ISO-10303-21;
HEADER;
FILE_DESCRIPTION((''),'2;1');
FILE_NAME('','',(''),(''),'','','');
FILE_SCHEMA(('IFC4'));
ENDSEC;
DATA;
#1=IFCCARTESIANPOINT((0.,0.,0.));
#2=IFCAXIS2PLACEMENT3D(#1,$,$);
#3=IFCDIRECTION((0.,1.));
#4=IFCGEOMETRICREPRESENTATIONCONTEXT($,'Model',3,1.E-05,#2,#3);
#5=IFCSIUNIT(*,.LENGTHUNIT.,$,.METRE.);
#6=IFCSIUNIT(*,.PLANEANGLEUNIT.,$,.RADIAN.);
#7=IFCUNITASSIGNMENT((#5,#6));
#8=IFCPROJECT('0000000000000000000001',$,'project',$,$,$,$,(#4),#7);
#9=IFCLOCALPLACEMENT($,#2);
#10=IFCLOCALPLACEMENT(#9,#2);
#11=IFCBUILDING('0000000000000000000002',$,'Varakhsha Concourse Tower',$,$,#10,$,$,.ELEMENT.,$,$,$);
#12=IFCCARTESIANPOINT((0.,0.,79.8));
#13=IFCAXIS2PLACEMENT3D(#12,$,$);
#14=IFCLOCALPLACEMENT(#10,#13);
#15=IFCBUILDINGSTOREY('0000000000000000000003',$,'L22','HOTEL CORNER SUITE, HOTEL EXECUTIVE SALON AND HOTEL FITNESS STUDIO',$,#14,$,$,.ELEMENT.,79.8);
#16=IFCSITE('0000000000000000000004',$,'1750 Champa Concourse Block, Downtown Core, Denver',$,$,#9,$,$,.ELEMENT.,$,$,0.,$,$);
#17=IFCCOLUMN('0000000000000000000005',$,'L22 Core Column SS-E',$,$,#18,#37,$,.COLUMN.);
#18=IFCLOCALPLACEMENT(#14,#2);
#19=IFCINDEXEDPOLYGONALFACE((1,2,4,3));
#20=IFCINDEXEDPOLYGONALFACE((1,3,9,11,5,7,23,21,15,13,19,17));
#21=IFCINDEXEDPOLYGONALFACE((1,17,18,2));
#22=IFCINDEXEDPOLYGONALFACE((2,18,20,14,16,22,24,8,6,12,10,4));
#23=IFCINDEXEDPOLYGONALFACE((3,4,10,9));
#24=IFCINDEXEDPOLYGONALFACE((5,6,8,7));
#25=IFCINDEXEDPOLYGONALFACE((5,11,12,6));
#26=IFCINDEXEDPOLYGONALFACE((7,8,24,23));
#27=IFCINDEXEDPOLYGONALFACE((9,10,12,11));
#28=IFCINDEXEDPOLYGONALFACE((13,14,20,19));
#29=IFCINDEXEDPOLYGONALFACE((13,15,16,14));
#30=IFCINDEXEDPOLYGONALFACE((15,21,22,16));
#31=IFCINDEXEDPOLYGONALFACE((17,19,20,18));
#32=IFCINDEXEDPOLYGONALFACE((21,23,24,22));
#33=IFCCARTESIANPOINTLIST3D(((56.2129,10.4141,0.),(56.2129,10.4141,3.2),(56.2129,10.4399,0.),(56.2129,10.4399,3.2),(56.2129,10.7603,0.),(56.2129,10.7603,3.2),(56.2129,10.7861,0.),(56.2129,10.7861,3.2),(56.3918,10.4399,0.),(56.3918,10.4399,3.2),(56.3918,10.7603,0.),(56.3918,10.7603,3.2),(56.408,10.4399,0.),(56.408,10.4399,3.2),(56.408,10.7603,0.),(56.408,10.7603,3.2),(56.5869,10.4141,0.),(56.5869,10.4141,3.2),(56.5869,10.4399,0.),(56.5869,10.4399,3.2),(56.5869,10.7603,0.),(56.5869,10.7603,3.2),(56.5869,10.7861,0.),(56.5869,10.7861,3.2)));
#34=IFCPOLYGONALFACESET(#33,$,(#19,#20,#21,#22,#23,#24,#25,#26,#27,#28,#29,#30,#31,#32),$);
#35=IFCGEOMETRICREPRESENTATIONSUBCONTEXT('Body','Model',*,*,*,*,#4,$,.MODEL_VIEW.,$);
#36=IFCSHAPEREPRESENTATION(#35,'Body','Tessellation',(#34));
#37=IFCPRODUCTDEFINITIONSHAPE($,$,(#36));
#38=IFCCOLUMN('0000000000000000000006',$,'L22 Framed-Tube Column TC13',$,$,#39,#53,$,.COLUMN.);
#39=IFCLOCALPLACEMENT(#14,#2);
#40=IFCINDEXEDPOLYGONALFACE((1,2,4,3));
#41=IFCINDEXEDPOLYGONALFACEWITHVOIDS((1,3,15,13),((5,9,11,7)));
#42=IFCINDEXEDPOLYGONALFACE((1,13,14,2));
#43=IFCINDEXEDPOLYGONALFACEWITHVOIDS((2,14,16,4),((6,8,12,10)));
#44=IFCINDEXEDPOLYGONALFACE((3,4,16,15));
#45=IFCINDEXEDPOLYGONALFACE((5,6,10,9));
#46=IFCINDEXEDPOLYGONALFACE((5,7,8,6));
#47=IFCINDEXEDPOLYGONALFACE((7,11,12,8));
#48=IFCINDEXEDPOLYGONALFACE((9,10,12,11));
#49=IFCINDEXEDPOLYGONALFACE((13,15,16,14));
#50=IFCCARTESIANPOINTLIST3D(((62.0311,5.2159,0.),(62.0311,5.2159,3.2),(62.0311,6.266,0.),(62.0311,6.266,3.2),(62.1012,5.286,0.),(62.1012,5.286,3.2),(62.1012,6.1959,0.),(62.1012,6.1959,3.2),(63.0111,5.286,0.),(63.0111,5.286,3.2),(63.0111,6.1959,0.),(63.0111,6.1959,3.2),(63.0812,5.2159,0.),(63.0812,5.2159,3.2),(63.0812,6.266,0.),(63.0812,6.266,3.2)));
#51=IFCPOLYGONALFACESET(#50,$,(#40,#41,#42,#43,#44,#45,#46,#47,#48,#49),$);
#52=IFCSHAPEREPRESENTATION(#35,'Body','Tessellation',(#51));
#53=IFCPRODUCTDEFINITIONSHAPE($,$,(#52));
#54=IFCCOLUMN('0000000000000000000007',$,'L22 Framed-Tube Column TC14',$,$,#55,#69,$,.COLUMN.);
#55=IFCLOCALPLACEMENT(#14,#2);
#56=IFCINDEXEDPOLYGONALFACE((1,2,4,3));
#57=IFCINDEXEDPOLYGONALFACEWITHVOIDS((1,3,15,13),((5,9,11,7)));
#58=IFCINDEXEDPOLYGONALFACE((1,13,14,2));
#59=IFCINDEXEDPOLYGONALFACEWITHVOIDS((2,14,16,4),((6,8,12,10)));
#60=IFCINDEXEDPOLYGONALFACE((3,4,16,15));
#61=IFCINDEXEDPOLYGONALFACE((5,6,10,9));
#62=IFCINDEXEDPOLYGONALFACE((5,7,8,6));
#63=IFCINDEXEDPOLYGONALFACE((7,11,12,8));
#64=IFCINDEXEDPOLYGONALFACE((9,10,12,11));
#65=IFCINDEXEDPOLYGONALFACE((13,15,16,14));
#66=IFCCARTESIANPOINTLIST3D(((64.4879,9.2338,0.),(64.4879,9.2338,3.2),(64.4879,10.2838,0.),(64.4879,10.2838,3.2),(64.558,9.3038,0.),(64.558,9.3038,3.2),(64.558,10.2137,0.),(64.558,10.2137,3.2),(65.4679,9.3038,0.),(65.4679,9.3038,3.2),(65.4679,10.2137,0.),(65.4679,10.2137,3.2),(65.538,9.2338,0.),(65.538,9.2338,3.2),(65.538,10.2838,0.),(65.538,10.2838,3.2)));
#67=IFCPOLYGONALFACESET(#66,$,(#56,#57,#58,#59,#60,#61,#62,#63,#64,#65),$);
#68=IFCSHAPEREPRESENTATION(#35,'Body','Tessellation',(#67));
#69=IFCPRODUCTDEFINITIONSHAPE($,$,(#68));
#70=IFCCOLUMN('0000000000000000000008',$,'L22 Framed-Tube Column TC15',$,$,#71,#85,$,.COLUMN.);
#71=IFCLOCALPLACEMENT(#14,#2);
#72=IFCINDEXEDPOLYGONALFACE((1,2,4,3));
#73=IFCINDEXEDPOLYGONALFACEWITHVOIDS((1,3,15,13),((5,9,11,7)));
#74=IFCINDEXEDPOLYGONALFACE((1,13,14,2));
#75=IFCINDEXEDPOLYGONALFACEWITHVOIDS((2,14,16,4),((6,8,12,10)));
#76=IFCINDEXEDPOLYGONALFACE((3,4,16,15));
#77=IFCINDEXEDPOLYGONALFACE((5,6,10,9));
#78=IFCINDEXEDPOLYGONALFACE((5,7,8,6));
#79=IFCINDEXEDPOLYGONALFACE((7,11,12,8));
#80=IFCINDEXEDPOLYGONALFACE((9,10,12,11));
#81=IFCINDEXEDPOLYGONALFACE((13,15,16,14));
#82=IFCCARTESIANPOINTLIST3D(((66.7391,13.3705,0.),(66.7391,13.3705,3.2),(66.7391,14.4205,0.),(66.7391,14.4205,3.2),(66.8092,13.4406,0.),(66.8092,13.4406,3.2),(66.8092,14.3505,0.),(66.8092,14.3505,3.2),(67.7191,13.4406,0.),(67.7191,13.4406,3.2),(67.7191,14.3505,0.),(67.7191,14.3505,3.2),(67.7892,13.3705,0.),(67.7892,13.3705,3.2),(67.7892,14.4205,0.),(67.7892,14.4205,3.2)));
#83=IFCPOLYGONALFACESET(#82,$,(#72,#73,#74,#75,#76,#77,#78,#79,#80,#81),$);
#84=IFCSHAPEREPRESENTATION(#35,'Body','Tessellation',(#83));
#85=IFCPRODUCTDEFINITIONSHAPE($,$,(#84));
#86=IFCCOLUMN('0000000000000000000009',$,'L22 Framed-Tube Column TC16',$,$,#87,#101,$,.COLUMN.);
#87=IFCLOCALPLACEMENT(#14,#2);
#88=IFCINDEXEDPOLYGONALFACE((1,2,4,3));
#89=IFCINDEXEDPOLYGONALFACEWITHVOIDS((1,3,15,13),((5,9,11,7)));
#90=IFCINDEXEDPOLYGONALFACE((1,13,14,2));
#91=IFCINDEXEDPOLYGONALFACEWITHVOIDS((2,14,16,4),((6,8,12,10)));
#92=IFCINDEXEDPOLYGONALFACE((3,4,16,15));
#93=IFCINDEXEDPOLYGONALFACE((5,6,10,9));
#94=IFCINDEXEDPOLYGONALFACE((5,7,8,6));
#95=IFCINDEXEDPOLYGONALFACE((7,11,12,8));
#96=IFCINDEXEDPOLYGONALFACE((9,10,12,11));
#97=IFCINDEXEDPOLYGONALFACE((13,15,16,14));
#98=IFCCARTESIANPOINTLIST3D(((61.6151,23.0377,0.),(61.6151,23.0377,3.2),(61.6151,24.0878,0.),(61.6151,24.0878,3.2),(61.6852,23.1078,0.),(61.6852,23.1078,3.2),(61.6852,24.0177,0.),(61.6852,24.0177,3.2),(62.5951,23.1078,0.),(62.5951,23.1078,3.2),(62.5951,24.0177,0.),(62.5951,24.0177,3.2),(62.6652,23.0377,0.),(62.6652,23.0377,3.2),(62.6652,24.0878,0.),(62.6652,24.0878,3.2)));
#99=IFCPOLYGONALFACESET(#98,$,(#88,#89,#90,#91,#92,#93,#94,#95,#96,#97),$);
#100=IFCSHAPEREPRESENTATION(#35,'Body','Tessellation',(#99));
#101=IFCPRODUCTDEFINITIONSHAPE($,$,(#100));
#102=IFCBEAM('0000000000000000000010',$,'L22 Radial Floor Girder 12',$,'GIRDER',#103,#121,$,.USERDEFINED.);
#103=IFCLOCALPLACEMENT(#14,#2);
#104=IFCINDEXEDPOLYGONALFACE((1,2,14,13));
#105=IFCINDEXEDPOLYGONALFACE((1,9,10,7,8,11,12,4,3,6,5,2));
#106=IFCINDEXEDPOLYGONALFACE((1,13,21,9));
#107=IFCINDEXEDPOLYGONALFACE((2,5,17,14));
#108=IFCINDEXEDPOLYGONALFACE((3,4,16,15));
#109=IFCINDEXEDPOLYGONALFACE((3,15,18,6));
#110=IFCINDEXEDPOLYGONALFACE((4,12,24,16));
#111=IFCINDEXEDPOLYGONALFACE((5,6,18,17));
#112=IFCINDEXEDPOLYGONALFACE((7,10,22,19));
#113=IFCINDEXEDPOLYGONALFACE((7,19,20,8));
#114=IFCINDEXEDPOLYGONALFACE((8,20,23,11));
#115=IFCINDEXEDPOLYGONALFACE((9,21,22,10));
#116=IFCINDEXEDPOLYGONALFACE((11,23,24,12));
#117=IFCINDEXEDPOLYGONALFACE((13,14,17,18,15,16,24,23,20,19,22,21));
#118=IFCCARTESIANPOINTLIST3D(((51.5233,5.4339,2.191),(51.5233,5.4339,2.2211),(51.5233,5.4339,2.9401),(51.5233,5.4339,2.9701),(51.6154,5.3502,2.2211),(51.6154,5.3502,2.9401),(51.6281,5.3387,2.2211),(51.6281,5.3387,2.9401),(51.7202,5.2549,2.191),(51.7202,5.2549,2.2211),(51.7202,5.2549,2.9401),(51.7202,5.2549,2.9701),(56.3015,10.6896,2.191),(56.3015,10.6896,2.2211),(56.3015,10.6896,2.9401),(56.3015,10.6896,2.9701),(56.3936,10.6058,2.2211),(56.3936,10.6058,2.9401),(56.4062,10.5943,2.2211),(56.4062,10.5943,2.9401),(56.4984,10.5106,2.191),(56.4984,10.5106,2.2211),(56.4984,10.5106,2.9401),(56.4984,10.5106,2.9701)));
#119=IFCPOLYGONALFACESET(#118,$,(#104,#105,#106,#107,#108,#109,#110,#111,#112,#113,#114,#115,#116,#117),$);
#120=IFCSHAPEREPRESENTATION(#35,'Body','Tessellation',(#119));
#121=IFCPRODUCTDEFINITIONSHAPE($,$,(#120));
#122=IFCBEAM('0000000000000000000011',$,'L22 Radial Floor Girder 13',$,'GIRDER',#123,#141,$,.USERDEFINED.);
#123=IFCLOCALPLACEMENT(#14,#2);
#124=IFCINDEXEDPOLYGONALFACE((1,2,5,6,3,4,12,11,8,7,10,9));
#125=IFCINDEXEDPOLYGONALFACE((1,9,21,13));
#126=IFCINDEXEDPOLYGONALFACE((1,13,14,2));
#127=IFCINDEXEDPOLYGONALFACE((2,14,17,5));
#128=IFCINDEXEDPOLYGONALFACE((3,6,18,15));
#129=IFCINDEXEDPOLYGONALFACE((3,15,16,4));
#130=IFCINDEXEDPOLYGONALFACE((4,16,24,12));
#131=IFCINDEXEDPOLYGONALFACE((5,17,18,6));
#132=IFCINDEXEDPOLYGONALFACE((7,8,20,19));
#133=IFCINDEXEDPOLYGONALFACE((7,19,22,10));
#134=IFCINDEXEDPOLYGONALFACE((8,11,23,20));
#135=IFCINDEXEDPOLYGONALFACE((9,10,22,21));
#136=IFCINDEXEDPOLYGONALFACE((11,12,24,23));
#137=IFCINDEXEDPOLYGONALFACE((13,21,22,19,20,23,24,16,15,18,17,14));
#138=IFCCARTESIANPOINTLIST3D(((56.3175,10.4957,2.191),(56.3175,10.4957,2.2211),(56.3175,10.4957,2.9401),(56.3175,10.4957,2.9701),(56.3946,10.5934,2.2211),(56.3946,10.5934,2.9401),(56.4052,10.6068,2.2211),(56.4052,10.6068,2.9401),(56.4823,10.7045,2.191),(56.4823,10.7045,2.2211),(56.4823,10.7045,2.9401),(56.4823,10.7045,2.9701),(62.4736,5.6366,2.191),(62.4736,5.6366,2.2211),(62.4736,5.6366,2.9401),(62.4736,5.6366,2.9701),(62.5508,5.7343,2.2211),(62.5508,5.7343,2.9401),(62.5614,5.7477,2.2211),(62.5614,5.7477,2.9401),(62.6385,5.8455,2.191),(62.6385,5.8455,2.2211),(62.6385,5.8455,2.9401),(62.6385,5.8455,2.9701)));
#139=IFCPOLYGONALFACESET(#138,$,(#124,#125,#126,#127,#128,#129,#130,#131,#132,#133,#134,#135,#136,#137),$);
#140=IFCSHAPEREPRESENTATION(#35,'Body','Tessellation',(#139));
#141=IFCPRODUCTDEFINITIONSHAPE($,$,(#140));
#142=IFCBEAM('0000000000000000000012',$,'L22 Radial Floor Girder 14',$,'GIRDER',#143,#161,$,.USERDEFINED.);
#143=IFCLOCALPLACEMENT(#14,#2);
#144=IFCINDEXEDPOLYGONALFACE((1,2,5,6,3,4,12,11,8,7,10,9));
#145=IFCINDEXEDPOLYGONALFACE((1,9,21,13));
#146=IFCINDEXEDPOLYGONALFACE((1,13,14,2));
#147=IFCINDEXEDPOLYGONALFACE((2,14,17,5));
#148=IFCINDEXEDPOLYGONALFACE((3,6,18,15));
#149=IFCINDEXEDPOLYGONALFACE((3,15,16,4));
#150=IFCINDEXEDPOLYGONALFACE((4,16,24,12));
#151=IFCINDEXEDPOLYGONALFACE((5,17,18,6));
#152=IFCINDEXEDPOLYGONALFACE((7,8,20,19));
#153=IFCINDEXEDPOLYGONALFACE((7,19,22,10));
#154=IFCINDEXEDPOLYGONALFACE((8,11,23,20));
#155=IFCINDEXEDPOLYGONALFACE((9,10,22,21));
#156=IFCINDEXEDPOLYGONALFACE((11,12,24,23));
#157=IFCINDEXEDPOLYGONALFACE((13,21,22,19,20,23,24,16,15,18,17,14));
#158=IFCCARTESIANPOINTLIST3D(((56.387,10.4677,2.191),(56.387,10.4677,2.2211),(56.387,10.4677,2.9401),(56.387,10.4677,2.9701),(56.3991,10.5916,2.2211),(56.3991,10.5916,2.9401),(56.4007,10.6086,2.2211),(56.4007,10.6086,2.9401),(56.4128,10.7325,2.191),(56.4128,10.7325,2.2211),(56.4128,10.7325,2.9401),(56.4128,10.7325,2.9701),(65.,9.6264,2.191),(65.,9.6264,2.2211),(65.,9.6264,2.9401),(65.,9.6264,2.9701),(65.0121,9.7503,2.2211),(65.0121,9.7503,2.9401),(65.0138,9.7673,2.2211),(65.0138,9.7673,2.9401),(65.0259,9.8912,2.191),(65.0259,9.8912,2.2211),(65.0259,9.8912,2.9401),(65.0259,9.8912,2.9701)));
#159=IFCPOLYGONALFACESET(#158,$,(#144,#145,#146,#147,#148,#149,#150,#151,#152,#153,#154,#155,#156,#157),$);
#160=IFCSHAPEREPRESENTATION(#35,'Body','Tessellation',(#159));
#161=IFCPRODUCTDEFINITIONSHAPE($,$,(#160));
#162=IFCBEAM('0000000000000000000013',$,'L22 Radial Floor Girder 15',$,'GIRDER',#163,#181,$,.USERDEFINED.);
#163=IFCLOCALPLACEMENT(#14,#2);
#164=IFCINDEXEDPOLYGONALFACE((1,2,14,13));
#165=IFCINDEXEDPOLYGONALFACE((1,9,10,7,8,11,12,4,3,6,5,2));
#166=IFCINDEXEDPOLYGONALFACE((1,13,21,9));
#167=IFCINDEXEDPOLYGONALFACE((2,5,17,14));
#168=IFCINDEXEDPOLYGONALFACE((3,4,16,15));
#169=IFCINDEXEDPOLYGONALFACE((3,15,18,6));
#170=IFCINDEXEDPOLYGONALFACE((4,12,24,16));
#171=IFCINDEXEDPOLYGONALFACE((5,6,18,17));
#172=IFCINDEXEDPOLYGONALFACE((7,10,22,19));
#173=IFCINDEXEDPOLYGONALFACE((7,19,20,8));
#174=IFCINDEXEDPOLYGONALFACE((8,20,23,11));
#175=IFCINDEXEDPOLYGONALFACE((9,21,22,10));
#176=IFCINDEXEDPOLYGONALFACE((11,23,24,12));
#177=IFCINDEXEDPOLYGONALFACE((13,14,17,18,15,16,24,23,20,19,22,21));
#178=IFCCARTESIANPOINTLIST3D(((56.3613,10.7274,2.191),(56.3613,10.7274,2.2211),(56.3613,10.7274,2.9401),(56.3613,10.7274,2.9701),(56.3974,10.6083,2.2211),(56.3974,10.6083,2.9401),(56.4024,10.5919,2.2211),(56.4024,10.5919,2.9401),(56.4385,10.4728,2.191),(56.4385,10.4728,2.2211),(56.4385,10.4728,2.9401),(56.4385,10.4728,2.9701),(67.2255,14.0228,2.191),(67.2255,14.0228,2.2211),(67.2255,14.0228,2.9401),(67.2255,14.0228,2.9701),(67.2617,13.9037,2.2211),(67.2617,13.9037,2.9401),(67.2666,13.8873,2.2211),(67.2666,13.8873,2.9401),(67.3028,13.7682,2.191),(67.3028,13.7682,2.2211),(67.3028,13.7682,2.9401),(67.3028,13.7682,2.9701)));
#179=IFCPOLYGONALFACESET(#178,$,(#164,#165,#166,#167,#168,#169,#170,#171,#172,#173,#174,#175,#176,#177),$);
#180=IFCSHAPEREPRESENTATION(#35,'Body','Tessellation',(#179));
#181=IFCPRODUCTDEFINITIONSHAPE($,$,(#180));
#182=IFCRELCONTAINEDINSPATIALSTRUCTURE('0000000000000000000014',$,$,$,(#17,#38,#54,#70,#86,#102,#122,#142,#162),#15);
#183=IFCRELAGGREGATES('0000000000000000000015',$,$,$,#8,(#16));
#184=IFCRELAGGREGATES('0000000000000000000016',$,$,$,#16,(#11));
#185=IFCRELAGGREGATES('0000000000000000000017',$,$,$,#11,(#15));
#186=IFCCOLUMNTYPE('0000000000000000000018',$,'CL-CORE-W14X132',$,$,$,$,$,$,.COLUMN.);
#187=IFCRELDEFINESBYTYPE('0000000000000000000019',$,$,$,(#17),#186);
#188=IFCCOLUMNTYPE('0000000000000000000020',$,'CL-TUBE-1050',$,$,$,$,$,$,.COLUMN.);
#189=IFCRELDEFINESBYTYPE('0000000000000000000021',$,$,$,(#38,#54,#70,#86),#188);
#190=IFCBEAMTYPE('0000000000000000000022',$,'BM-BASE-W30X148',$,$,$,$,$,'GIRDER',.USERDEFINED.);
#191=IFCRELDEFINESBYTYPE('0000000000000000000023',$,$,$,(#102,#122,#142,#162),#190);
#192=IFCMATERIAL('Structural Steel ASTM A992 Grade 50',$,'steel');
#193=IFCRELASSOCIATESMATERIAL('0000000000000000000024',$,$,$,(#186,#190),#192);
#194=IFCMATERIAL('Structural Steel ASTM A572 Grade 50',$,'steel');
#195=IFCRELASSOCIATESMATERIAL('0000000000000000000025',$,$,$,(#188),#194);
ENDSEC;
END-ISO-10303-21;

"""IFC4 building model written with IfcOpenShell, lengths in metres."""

from ifc_helpers import new_model, si_unit, direction, frame, origin, origin_2d, place, context, subcontext, project, spatial, hollow_rectangle, i_section, extrude, material, material_profile, profile_set, type_object, element, save


model = new_model("IFC4")

# Units and contexts
model_context = context("Model", 3, precision=1e-05, world=origin(), true_north=direction((0.0, 1.0)))
body_context = subcontext(model_context, "Body", "Model", "MODEL_VIEW")
ifc_project = project(units=[si_unit("LENGTHUNIT", "METRE"), si_unit("PLANEANGLEUNIT", "RADIAN")], contexts=[model_context])

# Site, building, storey
site_placement = place(None, origin())
site = spatial("IfcSite", under=ifc_project, at=site_placement, Name="1750 Champa Concourse Block, Downtown Core, Denver", CompositionType="ELEMENT", RefElevation=0.0)
building_placement = place(site_placement, origin())
building = spatial("IfcBuilding", under=site, at=building_placement, Name="Varakhsha Concourse Tower", CompositionType="ELEMENT")
storey_placement = place(building_placement, frame((0.0, 0.0, 79.8)))
storey = spatial("IfcBuildingStorey", under=building, at=storey_placement, Name="L22", Description="HOTEL CORNER SUITE, HOTEL EXECUTIVE SALON AND HOTEL FITNESS STUDIO", CompositionType="ELEMENT", Elevation=79.8)

# Columns
ifc_material_1 = material(Name="Structural Steel ASTM A992 Grade 50", Category="steel")
ifc_material_profile_1 = material_profile(ifc_material_1, i_section(OverallWidth=0.374, OverallDepth=0.3721, WebThickness=0.0161, FlangeThickness=0.0259, at=origin_2d()), Name="W14X132")
ifc_profile_set_1 = profile_set([ifc_material_profile_1], Name="Structural Steel ASTM A992 Grade 50")
column_type_1 = type_object("IfcColumnType", Name="CL-CORE-W14X132", PredefinedType="COLUMN", material=ifc_profile_set_1)
column_placement = place(storey_placement, frame((56.3999, 10.6001, 0.0), z_axis=(0.0, 0.0, 1.0), x_axis=(1.0, 0.0, 0.0)))
element("IfcColumn", 1, at=column_placement, inside=storey, type_object=column_type_1, Name="L22 Core Column SS-E", PredefinedType="COLUMN", context=body_context, shape_type="SweptSolid", body=[
    extrude(i_section(OverallWidth=0.374, OverallDepth=0.3721, WebThickness=0.0161, FlangeThickness=0.0259, at=origin_2d()), origin(), (0.0, 0.0, 1.0), 3.2),
])
ifc_material_2 = material(Name="Structural Steel ASTM A572 Grade 50", Category="steel")
ifc_material_profile_2 = material_profile(ifc_material_2, hollow_rectangle(XDim=1.05, YDim=1.05, WallThickness=0.0701, at=origin_2d()), Name="BOX 1050x1050x70")
ifc_profile_set_2 = profile_set([ifc_material_profile_2], Name="Structural Steel ASTM A572 Grade 50")
column_type_2 = type_object("IfcColumnType", Name="CL-TUBE-1050", PredefinedType="COLUMN", material=ifc_profile_set_2)
for number, where, z_axis, x_axis, name in (
    (2, (62.5562, 5.741, 0.0), (0.0, 0.0, 1.0), (1.0, 0.0, 0.0), "L22 Framed-Tube Column TC13"),
    (3, (65.0129, 9.7588, 0.0), (0.0, 0.0, 1.0), (1.0, 0.0, 0.0), "L22 Framed-Tube Column TC14"),
    (4, (67.2642, 13.8955, 0.0), (0.0, 0.0, 1.0), (1.0, 0.0, 0.0), "L22 Framed-Tube Column TC15"),
    (5, (62.1401, 23.5627, 0.0), (0.0, 0.0, 1.0), (1.0, 0.0, 0.0), "L22 Framed-Tube Column TC16"),
):
    element("IfcColumn", number, at=place(storey_placement, frame(where, z_axis=z_axis, x_axis=x_axis)), inside=storey, type_object=column_type_2, Name=name, PredefinedType="COLUMN", context=body_context, shape_type="SweptSolid", body=[
        extrude(hollow_rectangle(XDim=1.05, YDim=1.05, WallThickness=0.0701, at=origin_2d()), origin(), (0.0, 0.0, 1.0), 3.2),
    ])

# Beams
ifc_material_profile_3 = material_profile(ifc_material_1, i_section(OverallWidth=0.2661, OverallDepth=0.7791, WebThickness=0.0171, FlangeThickness=0.03, at=origin_2d()), Name="W30X148")
ifc_profile_set_3 = profile_set([ifc_material_profile_3], Name="Structural Steel ASTM A992 Grade 50")
beam_type_1 = type_object("IfcBeamType", Name="BM-BASE-W30X148", ElementType="GIRDER", PredefinedType="USERDEFINED", material=ifc_profile_set_3)
beam_1_placement = place(storey_placement, frame((56.3999, 10.6001, 2.5806), z_axis=(-0.672692, -0.739923, 0.0), x_axis=(0.739923, -0.672692, 0.0)))
element("IfcBeam", 6, at=beam_1_placement, inside=storey, type_object=beam_type_1, Name="L22 Radial Floor Girder 12", ObjectType="GIRDER", PredefinedType="USERDEFINED", context=body_context, shape_type="SweptSolid", body=[
    extrude(i_section(OverallWidth=0.2661, OverallDepth=0.7791, WebThickness=0.0171, FlangeThickness=0.03, at=origin_2d()), origin(), (0.0, 0.0, 1.0), 7.103),
])
beam_2_placement = place(storey_placement, frame((56.3999, 10.6001, 2.5806), z_axis=(0.784949, -0.619561, 0.0), x_axis=(0.619561, 0.784949, 0.0)))
element("IfcBeam", 7, at=beam_2_placement, inside=storey, type_object=beam_type_1, Name="L22 Radial Floor Girder 13", ObjectType="GIRDER", PredefinedType="USERDEFINED", context=body_context, shape_type="SweptSolid", body=[
    extrude(i_section(OverallWidth=0.2661, OverallDepth=0.7791, WebThickness=0.0171, FlangeThickness=0.03, at=origin_2d()), origin(), (0.0, 0.0, 1.0), 7.8428),
])
beam_3_placement = place(storey_placement, frame((56.3999, 10.6001, 2.5806), z_axis=(0.995263, -0.097216, 0.0), x_axis=(0.097216, 0.995263, 0.0)))
element("IfcBeam", 8, at=beam_3_placement, inside=storey, type_object=beam_type_1, Name="L22 Radial Floor Girder 14", ObjectType="GIRDER", PredefinedType="USERDEFINED", context=body_context, shape_type="SweptSolid", body=[
    extrude(i_section(OverallWidth=0.2661, OverallDepth=0.7791, WebThickness=0.0171, FlangeThickness=0.03, at=origin_2d()), origin(), (0.0, 0.0, 1.0), 8.6541),
])
beam_4_placement = place(storey_placement, frame((56.3999, 10.6001, 2.5806), z_axis=(0.956946, 0.290266, 0.0), x_axis=(-0.290266, 0.956946, 0.0)))
element("IfcBeam", 9, at=beam_4_placement, inside=storey, type_object=beam_type_1, Name="L22 Radial Floor Girder 15", ObjectType="GIRDER", PredefinedType="USERDEFINED", context=body_context, shape_type="SweptSolid", body=[
    extrude(i_section(OverallWidth=0.2661, OverallDepth=0.7791, WebThickness=0.0171, FlangeThickness=0.03, at=origin_2d()), origin(), (0.0, 0.0, 1.0), 11.353),
])

save(model, "model.ifc")
